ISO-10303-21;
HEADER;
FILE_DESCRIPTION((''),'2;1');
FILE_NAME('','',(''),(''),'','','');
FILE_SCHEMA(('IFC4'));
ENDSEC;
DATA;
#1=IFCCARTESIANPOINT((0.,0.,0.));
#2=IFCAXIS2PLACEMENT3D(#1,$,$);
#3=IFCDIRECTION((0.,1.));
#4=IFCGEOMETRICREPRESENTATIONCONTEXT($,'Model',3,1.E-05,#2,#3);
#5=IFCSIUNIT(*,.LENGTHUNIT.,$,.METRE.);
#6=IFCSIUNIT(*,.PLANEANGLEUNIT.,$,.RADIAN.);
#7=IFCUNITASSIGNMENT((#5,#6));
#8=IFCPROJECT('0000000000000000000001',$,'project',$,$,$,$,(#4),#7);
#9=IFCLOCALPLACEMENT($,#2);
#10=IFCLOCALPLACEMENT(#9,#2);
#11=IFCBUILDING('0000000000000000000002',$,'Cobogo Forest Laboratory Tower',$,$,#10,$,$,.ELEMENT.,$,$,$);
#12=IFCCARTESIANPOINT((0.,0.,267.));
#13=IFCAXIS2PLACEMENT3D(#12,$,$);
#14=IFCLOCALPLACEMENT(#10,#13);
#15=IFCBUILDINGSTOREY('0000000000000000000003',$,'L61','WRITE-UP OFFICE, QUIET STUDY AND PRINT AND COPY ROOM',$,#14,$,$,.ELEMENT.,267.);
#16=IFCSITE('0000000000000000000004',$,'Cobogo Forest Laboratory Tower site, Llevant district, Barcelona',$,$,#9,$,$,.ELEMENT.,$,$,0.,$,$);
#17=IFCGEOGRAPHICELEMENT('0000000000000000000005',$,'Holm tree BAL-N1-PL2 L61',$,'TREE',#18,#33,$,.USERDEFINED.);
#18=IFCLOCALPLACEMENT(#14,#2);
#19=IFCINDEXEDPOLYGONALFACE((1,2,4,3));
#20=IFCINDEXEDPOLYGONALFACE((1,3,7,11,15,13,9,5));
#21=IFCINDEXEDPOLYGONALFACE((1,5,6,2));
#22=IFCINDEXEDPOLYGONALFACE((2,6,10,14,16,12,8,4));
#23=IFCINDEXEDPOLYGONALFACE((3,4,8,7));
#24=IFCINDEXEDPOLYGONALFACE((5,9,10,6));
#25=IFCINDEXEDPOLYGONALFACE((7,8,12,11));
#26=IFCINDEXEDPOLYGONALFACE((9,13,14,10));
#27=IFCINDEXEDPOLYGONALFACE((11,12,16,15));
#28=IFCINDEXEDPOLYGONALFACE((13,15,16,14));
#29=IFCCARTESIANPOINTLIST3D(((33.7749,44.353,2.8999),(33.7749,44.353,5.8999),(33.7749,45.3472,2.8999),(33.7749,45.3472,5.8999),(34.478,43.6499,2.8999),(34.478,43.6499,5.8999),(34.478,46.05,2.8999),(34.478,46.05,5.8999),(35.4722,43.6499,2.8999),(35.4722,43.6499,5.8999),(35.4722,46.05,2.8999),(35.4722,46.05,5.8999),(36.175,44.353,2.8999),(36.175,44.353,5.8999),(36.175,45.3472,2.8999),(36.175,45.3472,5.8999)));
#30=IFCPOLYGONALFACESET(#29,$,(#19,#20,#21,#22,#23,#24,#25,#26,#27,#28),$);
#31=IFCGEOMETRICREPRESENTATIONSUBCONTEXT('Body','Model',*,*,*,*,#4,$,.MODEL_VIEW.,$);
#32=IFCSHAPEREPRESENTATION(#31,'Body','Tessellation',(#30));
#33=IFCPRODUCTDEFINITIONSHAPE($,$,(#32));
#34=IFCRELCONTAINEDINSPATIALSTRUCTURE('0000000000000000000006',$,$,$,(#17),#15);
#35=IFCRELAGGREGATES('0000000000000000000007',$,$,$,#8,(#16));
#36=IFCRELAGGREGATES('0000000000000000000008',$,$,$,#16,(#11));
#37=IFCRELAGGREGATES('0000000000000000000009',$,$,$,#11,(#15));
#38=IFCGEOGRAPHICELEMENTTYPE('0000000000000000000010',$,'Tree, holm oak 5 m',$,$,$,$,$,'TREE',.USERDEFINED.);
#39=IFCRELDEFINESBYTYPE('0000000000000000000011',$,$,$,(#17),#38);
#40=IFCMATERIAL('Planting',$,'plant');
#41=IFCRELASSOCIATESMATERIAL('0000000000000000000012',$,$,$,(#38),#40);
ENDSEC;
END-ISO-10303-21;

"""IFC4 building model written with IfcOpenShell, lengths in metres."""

from ifc_helpers import new_model, si_unit, direction, frame, origin, place, context, subcontext, project, spatial, polyline, outline, extrude, material, type_object, element, save


model = new_model("IFC4")

# Units and contexts
model_context = context("Model", 3, precision=1e-05, world=origin(), true_north=direction((0.0, 1.0)))
body_context = subcontext(model_context, "Body", "Model", "MODEL_VIEW")
ifc_project = project(units=[si_unit("LENGTHUNIT", "METRE"), si_unit("PLANEANGLEUNIT", "RADIAN")], contexts=[model_context])

# Site, building, storey
site_placement = place(None, origin())
site = spatial("IfcSite", under=ifc_project, at=site_placement, Name="Cobogo Forest Laboratory Tower site, Llevant district, Barcelona", CompositionType="ELEMENT", RefElevation=0.0)
building_placement = place(site_placement, origin())
building = spatial("IfcBuilding", under=site, at=building_placement, Name="Cobogo Forest Laboratory Tower", CompositionType="ELEMENT")
storey_placement = place(building_placement, frame((0.0, 0.0, 267.0)))
storey = spatial("IfcBuildingStorey", under=building, at=storey_placement, Name="L61", Description="WRITE-UP OFFICE, QUIET STUDY AND PRINT AND COPY ROOM", CompositionType="ELEMENT", Elevation=267.0)

# Geographic element
ifc_material_1 = material(Name="Planting", Category="plant")
geographic_element_type = type_object("IfcGeographicElementType", Name="Tree, holm oak 5 m", ElementType="TREE", PredefinedType="USERDEFINED", material=ifc_material_1)
geographic_element_1_placement = place(storey_placement, frame((0.0, 0.0, 2.8999)))
element("IfcGeographicElement", 1, at=geographic_element_1_placement, inside=storey, type_object=geographic_element_type, Name="Holm tree BAL-N1-PL2 L61", ObjectType="TREE", PredefinedType="USERDEFINED", context=body_context, shape_type="SweptSolid", body=[
    extrude(outline(polyline([(36.175, 44.353), (36.175, 45.3472), (35.4722, 46.05), (34.478, 46.05), (33.7749, 45.3472), (33.7749, 44.353), (34.478, 43.6499), (35.4722, 43.6499), (36.175, 44.353)])), origin(), (0.0, 0.0, 1.0), 3.0),
])

save(model, "model.ifc")
